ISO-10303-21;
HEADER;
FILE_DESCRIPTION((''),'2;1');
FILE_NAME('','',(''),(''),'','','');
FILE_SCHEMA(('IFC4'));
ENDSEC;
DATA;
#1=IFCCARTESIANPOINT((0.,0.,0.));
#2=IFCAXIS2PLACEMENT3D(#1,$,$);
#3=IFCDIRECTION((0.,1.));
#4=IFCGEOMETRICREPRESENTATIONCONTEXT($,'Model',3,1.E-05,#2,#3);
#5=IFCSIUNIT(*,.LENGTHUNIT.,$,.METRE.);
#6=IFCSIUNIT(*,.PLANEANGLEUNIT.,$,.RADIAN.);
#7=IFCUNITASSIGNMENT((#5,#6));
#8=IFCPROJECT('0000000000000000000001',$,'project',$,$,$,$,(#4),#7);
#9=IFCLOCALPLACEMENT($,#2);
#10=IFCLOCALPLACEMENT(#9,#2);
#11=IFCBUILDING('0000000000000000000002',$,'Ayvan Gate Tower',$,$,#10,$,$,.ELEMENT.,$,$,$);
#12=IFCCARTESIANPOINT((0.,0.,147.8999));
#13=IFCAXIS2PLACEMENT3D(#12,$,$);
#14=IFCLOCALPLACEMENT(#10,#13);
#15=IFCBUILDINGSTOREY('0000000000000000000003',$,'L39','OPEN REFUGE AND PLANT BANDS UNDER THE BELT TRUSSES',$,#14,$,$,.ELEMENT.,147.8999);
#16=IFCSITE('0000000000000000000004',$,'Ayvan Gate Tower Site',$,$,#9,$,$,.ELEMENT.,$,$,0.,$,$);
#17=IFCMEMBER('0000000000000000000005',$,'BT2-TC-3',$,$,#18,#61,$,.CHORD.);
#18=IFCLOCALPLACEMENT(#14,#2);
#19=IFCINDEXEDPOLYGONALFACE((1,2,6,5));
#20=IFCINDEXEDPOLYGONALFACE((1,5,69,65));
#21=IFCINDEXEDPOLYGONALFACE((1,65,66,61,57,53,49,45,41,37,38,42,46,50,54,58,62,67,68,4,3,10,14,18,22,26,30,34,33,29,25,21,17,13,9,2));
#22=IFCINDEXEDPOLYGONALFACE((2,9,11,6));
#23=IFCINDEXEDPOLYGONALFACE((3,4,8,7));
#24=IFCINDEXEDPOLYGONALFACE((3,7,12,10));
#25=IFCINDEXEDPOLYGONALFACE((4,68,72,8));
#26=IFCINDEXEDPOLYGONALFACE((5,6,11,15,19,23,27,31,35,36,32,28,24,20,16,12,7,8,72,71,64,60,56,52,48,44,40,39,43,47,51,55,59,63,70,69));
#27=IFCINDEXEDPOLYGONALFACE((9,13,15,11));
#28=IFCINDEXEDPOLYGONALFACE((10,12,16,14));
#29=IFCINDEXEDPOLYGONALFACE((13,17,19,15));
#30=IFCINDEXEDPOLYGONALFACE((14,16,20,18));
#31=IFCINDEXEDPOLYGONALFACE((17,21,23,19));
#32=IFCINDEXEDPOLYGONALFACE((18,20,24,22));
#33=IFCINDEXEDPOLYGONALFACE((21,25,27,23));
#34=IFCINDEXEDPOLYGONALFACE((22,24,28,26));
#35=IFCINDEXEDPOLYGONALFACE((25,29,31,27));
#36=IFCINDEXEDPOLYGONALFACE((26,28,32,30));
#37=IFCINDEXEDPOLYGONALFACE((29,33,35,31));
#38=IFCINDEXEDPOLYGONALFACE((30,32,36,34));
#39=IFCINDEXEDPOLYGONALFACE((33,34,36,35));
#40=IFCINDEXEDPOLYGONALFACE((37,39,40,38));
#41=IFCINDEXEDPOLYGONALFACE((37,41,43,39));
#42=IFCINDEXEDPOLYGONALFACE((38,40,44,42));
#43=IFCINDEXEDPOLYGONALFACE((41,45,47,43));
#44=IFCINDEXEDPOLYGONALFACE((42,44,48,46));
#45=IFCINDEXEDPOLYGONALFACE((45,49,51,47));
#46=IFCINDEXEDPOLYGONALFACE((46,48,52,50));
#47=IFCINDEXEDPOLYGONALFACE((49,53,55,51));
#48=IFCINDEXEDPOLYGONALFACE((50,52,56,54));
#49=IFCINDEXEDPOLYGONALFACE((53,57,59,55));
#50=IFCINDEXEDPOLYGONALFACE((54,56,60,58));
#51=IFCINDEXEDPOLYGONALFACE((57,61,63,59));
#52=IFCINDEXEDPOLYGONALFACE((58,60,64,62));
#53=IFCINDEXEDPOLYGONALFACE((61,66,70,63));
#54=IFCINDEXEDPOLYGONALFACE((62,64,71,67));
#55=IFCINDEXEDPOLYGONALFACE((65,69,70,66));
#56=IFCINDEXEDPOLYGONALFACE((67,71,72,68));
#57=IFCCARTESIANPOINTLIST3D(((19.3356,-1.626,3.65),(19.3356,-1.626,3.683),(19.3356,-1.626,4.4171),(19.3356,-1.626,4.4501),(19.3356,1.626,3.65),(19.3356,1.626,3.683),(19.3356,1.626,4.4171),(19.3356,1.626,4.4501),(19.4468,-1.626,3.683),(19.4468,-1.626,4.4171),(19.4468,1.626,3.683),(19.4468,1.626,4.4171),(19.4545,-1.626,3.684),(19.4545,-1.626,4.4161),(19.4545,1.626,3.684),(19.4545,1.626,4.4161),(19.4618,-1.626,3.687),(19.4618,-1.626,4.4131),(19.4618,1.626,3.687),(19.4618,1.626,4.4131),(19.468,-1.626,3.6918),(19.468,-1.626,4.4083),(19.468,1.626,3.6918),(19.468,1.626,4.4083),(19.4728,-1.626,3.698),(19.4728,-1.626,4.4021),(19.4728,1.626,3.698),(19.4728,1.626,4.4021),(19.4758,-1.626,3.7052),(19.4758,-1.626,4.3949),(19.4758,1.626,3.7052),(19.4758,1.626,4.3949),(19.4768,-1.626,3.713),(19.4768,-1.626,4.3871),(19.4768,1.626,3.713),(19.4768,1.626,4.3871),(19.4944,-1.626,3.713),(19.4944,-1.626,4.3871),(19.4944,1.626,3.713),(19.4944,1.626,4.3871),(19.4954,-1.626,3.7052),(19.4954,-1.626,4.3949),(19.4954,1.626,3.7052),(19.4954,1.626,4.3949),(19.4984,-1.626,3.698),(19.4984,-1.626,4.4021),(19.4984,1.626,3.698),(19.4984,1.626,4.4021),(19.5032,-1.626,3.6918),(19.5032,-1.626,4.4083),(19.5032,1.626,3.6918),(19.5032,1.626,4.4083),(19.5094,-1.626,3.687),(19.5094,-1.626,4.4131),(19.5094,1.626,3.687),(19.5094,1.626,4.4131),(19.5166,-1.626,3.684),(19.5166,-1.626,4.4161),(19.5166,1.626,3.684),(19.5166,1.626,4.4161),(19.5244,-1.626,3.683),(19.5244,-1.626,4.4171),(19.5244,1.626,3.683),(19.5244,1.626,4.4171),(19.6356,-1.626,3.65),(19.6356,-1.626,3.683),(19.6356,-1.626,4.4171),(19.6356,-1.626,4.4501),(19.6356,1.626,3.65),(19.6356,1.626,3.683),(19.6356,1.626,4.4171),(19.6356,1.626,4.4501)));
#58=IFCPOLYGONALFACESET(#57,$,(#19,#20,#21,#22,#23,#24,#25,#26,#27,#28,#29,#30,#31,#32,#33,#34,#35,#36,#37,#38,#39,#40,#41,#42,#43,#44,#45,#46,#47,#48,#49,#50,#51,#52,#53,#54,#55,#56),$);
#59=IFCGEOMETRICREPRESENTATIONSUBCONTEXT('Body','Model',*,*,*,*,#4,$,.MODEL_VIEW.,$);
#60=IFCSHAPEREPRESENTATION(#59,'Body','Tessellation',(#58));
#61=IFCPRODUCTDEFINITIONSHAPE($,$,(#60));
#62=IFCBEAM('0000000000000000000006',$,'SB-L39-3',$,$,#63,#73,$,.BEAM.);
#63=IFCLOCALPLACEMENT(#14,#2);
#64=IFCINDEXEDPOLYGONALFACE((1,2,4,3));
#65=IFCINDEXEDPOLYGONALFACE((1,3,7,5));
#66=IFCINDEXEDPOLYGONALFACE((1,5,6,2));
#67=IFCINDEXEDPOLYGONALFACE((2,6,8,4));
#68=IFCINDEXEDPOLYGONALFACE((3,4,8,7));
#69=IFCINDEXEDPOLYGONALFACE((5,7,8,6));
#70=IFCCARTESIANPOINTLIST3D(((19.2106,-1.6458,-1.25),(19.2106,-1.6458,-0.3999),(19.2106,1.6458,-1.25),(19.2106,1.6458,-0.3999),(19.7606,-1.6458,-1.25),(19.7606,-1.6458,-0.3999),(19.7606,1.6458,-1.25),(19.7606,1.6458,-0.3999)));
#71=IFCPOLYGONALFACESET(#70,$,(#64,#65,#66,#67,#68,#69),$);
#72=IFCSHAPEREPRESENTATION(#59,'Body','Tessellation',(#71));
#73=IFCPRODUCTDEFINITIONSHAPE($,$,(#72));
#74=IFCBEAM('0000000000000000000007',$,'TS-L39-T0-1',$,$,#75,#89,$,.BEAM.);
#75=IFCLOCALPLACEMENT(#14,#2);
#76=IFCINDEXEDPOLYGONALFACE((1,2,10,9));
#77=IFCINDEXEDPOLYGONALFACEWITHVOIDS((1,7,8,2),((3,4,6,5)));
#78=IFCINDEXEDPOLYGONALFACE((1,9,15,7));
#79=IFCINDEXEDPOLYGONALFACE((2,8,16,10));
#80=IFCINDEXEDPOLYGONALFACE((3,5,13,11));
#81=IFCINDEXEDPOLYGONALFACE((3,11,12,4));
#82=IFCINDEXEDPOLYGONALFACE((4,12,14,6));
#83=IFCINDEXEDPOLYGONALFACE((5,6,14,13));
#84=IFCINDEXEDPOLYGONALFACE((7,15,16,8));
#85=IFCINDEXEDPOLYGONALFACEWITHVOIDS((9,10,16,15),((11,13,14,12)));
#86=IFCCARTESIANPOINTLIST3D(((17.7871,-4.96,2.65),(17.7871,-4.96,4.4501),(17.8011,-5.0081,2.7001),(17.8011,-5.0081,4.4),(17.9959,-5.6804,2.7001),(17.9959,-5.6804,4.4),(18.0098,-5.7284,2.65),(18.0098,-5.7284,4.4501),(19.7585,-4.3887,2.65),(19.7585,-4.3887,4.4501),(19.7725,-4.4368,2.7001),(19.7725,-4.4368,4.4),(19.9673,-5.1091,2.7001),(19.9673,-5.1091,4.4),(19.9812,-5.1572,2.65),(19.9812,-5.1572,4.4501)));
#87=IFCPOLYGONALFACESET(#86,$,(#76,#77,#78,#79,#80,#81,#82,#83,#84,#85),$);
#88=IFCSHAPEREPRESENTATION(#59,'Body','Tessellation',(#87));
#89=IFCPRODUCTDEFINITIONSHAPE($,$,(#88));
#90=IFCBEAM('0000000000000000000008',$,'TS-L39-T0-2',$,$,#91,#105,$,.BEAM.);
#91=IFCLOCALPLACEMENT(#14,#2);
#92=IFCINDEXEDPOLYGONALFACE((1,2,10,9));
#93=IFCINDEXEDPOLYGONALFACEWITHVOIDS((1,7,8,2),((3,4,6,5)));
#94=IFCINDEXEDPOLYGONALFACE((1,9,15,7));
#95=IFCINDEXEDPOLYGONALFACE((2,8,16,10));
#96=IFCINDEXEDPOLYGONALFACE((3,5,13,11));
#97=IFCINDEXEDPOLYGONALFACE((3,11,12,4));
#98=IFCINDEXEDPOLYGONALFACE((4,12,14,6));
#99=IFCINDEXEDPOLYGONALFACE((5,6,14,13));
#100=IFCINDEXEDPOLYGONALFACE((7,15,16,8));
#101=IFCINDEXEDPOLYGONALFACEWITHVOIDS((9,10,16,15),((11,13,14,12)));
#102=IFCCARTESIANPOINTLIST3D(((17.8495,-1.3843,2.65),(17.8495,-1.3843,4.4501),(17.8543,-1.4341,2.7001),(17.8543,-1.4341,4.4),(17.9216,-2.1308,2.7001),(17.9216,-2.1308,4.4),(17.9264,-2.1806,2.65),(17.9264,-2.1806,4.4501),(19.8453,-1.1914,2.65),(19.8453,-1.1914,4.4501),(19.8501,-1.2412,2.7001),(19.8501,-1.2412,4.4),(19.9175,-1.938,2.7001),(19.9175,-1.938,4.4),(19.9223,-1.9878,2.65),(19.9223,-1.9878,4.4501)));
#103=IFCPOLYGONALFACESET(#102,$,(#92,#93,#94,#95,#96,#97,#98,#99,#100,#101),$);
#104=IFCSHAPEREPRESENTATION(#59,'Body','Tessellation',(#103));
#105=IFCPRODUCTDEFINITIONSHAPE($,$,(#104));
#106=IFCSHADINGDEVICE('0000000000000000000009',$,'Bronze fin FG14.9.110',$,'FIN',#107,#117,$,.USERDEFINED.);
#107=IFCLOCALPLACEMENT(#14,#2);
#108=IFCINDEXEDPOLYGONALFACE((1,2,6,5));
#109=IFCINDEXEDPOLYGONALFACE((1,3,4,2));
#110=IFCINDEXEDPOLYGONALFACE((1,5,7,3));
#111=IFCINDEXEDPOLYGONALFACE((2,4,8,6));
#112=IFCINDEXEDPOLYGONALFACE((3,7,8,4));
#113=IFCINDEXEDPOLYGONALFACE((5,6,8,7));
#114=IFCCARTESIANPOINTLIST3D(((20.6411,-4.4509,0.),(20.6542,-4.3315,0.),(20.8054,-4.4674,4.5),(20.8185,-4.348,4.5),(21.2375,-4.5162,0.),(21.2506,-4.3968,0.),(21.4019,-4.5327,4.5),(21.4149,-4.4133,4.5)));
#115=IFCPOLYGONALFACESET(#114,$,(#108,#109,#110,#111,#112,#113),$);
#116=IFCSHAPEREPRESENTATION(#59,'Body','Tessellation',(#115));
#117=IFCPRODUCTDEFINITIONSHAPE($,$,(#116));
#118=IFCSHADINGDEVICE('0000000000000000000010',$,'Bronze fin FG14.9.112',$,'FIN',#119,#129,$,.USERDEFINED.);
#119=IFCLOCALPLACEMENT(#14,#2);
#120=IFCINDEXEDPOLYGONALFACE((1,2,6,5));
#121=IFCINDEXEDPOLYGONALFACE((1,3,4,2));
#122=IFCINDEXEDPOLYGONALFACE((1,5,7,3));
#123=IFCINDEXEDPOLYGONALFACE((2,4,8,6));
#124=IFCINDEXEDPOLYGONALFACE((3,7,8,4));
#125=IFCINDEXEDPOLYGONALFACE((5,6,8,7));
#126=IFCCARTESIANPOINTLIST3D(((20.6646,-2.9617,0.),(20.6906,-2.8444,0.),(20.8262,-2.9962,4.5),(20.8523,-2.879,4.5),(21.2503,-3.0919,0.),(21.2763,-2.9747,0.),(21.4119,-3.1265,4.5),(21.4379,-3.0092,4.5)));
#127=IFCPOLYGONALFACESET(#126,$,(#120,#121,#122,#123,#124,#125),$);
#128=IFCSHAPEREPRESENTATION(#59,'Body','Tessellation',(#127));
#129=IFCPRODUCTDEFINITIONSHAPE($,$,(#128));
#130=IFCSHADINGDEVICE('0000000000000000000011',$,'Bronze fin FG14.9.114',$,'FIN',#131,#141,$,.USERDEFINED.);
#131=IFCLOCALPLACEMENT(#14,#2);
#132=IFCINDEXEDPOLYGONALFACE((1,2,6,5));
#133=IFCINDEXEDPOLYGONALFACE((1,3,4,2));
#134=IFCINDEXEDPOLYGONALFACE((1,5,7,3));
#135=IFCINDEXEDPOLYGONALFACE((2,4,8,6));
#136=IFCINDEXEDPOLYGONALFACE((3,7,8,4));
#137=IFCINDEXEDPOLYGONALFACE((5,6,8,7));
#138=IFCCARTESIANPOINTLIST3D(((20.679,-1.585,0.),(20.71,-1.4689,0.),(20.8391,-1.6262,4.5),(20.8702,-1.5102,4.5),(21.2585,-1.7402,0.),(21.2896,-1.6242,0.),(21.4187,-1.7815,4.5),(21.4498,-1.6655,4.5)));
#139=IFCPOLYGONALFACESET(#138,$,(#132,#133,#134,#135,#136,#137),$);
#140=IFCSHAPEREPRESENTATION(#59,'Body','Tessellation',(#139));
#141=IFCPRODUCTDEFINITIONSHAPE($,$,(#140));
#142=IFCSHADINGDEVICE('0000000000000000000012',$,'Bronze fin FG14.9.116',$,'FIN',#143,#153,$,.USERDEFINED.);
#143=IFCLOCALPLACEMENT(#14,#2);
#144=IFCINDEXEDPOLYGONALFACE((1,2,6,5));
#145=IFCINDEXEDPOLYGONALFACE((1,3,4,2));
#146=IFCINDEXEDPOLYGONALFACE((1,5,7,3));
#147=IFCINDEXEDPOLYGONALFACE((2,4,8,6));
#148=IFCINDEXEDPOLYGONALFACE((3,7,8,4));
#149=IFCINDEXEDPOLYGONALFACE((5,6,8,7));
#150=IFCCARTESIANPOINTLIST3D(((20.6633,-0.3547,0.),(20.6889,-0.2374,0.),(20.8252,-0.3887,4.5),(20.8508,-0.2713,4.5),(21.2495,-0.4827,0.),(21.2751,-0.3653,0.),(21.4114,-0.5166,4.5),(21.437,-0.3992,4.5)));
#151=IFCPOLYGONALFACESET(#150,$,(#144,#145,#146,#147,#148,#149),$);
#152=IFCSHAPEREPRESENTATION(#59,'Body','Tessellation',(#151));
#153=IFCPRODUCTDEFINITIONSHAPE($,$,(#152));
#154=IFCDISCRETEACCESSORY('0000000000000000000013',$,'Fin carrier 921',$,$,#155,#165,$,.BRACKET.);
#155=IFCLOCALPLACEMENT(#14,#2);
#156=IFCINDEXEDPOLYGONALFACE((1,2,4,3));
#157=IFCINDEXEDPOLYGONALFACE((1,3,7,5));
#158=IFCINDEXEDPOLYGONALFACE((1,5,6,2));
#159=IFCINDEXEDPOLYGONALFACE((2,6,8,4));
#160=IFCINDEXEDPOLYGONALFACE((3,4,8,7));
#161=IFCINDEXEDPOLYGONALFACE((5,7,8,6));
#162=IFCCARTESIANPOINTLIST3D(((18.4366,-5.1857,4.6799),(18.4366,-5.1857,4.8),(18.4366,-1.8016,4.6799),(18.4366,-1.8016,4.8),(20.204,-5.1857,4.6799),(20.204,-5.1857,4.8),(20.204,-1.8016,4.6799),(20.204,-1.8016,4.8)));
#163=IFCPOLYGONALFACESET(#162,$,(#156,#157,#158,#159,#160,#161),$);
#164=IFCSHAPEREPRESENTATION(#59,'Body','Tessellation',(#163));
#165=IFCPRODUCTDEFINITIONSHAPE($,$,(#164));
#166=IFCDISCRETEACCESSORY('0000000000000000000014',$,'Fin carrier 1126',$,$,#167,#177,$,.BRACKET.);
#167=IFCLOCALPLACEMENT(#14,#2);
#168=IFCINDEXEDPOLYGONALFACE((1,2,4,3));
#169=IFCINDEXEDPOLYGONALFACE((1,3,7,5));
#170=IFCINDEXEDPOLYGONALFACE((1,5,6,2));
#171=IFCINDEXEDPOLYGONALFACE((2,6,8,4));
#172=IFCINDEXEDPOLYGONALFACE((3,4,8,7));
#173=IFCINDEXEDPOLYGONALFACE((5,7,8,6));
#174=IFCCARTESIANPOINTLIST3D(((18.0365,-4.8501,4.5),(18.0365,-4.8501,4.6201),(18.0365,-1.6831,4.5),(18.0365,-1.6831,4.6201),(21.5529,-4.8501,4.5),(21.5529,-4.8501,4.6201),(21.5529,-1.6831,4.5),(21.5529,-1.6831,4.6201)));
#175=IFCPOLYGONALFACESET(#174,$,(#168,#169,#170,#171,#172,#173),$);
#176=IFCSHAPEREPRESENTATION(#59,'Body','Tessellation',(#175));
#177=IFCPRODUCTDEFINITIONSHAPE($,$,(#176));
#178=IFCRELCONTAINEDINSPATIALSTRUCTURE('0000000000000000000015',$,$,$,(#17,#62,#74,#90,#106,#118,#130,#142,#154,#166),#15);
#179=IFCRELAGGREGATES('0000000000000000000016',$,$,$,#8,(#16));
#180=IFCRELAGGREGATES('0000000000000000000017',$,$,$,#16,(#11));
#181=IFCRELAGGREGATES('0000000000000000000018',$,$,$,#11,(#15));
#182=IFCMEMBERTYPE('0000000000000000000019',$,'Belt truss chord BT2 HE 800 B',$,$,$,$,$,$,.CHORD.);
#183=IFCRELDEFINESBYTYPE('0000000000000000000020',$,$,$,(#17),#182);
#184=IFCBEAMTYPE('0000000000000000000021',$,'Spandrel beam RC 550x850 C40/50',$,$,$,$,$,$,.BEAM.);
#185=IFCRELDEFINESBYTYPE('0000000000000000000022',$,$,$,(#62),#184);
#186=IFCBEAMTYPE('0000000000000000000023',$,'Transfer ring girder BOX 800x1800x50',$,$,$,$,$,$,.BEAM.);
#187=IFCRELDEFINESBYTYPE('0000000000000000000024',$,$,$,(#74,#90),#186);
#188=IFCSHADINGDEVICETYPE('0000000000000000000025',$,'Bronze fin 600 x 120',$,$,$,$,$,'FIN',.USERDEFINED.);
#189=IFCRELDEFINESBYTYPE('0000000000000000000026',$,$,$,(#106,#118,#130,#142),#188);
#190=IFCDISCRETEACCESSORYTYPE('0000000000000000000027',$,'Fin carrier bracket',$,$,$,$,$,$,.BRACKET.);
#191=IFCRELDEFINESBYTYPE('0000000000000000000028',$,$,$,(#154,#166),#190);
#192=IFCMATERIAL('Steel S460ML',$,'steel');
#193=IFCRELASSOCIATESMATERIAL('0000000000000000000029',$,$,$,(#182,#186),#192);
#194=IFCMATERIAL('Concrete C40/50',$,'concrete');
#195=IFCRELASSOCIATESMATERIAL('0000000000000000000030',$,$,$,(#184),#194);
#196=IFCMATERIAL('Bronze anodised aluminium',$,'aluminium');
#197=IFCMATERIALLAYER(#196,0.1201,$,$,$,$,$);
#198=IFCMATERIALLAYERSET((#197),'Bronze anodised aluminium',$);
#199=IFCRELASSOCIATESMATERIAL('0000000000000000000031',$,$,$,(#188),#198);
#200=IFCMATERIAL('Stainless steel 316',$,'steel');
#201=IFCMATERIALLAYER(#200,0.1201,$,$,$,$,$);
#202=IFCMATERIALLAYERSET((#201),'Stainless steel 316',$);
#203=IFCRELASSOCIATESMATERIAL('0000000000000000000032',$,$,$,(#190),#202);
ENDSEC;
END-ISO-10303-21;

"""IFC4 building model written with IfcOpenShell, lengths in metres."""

from ifc_helpers import new_model, si_unit, direction, frame, origin, origin_2d, place, context, subcontext, project, spatial, polyline, rectangle, hollow_rectangle, i_section, outline, extrude, material, layer, layer_set, material_profile, profile_set, type_object, element, save


model = new_model("IFC4")

# Units and contexts
model_context = context("Model", 3, precision=1e-05, world=origin(), true_north=direction((0.0, 1.0)))
body_context = subcontext(model_context, "Body", "Model", "MODEL_VIEW")
ifc_project = project(units=[si_unit("LENGTHUNIT", "METRE"), si_unit("PLANEANGLEUNIT", "RADIAN")], contexts=[model_context])

# Site, building, storey
site_placement = place(None, origin())
site = spatial("IfcSite", under=ifc_project, at=site_placement, Name="Ayvan Gate Tower Site", CompositionType="ELEMENT", RefElevation=0.0)
building_placement = place(site_placement, origin())
building = spatial("IfcBuilding", under=site, at=building_placement, Name="Ayvan Gate Tower", CompositionType="ELEMENT")
storey_placement = place(building_placement, frame((0.0, 0.0, 147.8999)))
storey = spatial("IfcBuildingStorey", under=building, at=storey_placement, Name="L39", Description="OPEN REFUGE AND PLANT BANDS UNDER THE BELT TRUSSES", CompositionType="ELEMENT", Elevation=147.8999)

# Member
ifc_material_1 = material(Name="Steel S460ML", Category="steel")
ifc_material_profile_1 = material_profile(ifc_material_1, i_section(OverallWidth=0.3, OverallDepth=0.8, WebThickness=0.0176, FlangeThickness=0.033, FilletRadius=0.03, at=origin_2d()), Name="HE 800 B")
ifc_profile_set_1 = profile_set([ifc_material_profile_1], Name="Steel S460ML")
member_type_1 = type_object("IfcMemberType", Name="Belt truss chord BT2 HE 800 B", PredefinedType="CHORD", material=ifc_profile_set_1)
member_1_placement = place(storey_placement, frame((19.4856, -1.626, 4.05), z_axis=(0.0, 1.0, 0.0), x_axis=(-1.0, 0.0, 0.0)))
element("IfcMember", 1, at=member_1_placement, inside=storey, type_object=member_type_1, Name="BT2-TC-3", PredefinedType="CHORD", context=body_context, shape_type="SweptSolid", body=[
    extrude(i_section(OverallWidth=0.3, OverallDepth=0.8, WebThickness=0.0176, FlangeThickness=0.033, FilletRadius=0.03, at=origin_2d()), origin(), (0.0, 0.0, 1.0), 3.252),
])

# Beams
ifc_material_2 = material(Name="Concrete C40/50", Category="concrete")
ifc_material_profile_2 = material_profile(ifc_material_2, rectangle(XDim=0.55, YDim=0.8501, at=origin_2d()), Name="RC 550x850")
ifc_profile_set_2 = profile_set([ifc_material_profile_2], Name="Concrete C40/50")
beam_type_1 = type_object("IfcBeamType", Name="Spandrel beam RC 550x850 C40/50", PredefinedType="BEAM", material=ifc_profile_set_2)
beam_1_placement = place(storey_placement, frame((19.4856, -1.6458, -0.825), z_axis=(0.0, 1.0, 0.0), x_axis=(-1.0, 0.0, 0.0)))
element("IfcBeam", 2, at=beam_1_placement, inside=storey, type_object=beam_type_1, Name="SB-L39-3", PredefinedType="BEAM", context=body_context, shape_type="SweptSolid", body=[
    extrude(rectangle(XDim=0.55, YDim=0.8501, at=origin_2d()), origin(), (0.0, 0.0, 1.0), 3.2915),
])
ifc_material_profile_3 = material_profile(ifc_material_1, hollow_rectangle(XDim=0.8, YDim=1.8, WallThickness=0.05, at=origin_2d()), Name="BOX 800x1800x50")
ifc_profile_set_3 = profile_set([ifc_material_profile_3], Name="Steel S460ML")
beam_type_2 = type_object("IfcBeamType", Name="Transfer ring girder BOX 800x1800x50", PredefinedType="BEAM", material=ifc_profile_set_3)
beam_2_placement = place(storey_placement, frame((19.8699, -4.7729, 3.55), z_axis=(-0.960485, -0.278332, 0.0), x_axis=(0.278332, -0.960485, 0.0)))
element("IfcBeam", 3, at=beam_2_placement, inside=storey, type_object=beam_type_2, Name="TS-L39-T0-1", PredefinedType="BEAM", context=body_context, shape_type="SweptSolid", body=[
    extrude(hollow_rectangle(XDim=0.8, YDim=1.8, WallThickness=0.05, at=origin_2d()), origin(), (0.0, 0.0, 1.0), 2.0525),
])
beam_3_placement = place(storey_placement, frame((19.8838, -1.5896, 3.55), z_axis=(-0.995363, -0.096188, 0.0), x_axis=(0.096188, -0.995363, 0.0)))
element("IfcBeam", 4, at=beam_3_placement, inside=storey, type_object=beam_type_2, Name="TS-L39-T0-2", PredefinedType="BEAM", context=body_context, shape_type="SweptSolid", body=[
    extrude(hollow_rectangle(XDim=0.8, YDim=1.8, WallThickness=0.05, at=origin_2d()), origin(), (0.0, 0.0, 1.0), 2.0051),
])

# Shading devices
ifc_material_3 = material(Name="Bronze anodised aluminium", Category="aluminium")
ifc_layer_1 = layer(ifc_material_3, 0.1201)
ifc_layer_set_1 = layer_set([ifc_layer_1], Name="Bronze anodised aluminium")
shading_device_type = type_object("IfcShadingDeviceType", Name="Bronze fin 600 x 120", ElementType="FIN", PredefinedType="USERDEFINED", material=ifc_layer_set_1)
shading_device_1_placement = place(storey_placement, frame((20.6411, -4.4509, 0.0), z_axis=(-0.108846, -0.994059, 0.000334), x_axis=(0.994059, -0.108846, 0.0)))
element("IfcShadingDevice", 5, at=shading_device_1_placement, inside=storey, type_object=shading_device_type, Name="Bronze fin FG14.9.110", ObjectType="FIN", PredefinedType="USERDEFINED", context=body_context, shape_type="SweptSolid", body=[
    extrude(outline(polyline([(0.0, 0.0), (0.6, 0.0), (0.7651, 4.5), (0.1651, 4.5), (0.0, 0.0)])), origin(), (0.0, 0.0, -1.0), 0.1201),
])
shading_device_2_placement = place(storey_placement, frame((20.6646, -2.9617, 0.0), z_axis=(-0.217081, -0.976153, 0.000303), x_axis=(0.976154, -0.217081, 0.0)))
element("IfcShadingDevice", 6, at=shading_device_2_placement, inside=storey, type_object=shading_device_type, Name="Bronze fin FG14.9.112", ObjectType="FIN", PredefinedType="USERDEFINED", context=body_context, shape_type="SweptSolid", body=[
    extrude(outline(polyline([(0.0, 0.0), (0.6, 0.0), (0.7653, 4.5), (0.1653, 4.5), (0.0, 0.0)])), origin(), (0.0, 0.0, -1.0), 0.1201),
])
shading_device_3_placement = place(storey_placement, frame((20.679, -1.585, 0.0), z_axis=(-0.258777, -0.965937, 0.000353), x_axis=(0.965937, -0.258777, 0.0)))
element("IfcShadingDevice", 7, at=shading_device_3_placement, inside=storey, type_object=shading_device_type, Name="Bronze fin FG14.9.114", ObjectType="FIN", PredefinedType="USERDEFINED", context=body_context, shape_type="SweptSolid", body=[
    extrude(outline(polyline([(0.0, 0.0), (0.6, 0.0), (0.7654, 4.5), (0.1654, 4.5), (0.0, 0.0)])), origin(), (0.0, 0.0, -1.0), 0.1201),
])
shading_device_4_placement = place(storey_placement, frame((20.6633, -0.3547, 0.0), z_axis=(-0.213224, -0.977003, 0.000302), x_axis=(0.977003, -0.213224, 0.0)))
element("IfcShadingDevice", 8, at=shading_device_4_placement, inside=storey, type_object=shading_device_type, Name="Bronze fin FG14.9.116", ObjectType="FIN", PredefinedType="USERDEFINED", context=body_context, shape_type="SweptSolid", body=[
    extrude(outline(polyline([(0.0, 0.0), (0.6, 0.0), (0.7654, 4.5), (0.1654, 4.5), (0.0, 0.0)])), origin(), (0.0, 0.0, -1.0), 0.1201),
])

# Discrete accessories
ifc_material_4 = material(Name="Stainless steel 316", Category="steel")
ifc_layer_2 = layer(ifc_material_4, 0.1201)
ifc_layer_set_2 = layer_set([ifc_layer_2], Name="Stainless steel 316")
discrete_accessory_type_1 = type_object("IfcDiscreteAccessoryType", Name="Fin carrier bracket", PredefinedType="BRACKET", material=ifc_layer_set_2)
discrete_accessory_1_placement = place(storey_placement, frame((19.3203, -3.4937, 4.6799), z_axis=(0.0, 0.0, 1.0), x_axis=(0.0, 1.0, 0.0)))
element("IfcDiscreteAccessory", 9, at=discrete_accessory_1_placement, inside=storey, type_object=discrete_accessory_type_1, Name="Fin carrier 921", PredefinedType="BRACKET", context=body_context, shape_type="SweptSolid", body=[
    extrude(rectangle(XDim=3.384, YDim=1.7673, at=origin_2d()), origin(), (0.0, 0.0, 1.0), 0.1201),
])
discrete_accessory_2_placement = place(storey_placement, frame((19.7947, -3.2666, 4.5), z_axis=(0.0, 0.0, 1.0), x_axis=(0.0, 1.0, 0.0)))
element("IfcDiscreteAccessory", 10, at=discrete_accessory_2_placement, inside=storey, type_object=discrete_accessory_type_1, Name="Fin carrier 1126", PredefinedType="BRACKET", context=body_context, shape_type="SweptSolid", body=[
    extrude(rectangle(XDim=3.167, YDim=3.5164, at=origin_2d()), origin(), (0.0, 0.0, 1.0), 0.1201),
])

save(model, "model.ifc")
